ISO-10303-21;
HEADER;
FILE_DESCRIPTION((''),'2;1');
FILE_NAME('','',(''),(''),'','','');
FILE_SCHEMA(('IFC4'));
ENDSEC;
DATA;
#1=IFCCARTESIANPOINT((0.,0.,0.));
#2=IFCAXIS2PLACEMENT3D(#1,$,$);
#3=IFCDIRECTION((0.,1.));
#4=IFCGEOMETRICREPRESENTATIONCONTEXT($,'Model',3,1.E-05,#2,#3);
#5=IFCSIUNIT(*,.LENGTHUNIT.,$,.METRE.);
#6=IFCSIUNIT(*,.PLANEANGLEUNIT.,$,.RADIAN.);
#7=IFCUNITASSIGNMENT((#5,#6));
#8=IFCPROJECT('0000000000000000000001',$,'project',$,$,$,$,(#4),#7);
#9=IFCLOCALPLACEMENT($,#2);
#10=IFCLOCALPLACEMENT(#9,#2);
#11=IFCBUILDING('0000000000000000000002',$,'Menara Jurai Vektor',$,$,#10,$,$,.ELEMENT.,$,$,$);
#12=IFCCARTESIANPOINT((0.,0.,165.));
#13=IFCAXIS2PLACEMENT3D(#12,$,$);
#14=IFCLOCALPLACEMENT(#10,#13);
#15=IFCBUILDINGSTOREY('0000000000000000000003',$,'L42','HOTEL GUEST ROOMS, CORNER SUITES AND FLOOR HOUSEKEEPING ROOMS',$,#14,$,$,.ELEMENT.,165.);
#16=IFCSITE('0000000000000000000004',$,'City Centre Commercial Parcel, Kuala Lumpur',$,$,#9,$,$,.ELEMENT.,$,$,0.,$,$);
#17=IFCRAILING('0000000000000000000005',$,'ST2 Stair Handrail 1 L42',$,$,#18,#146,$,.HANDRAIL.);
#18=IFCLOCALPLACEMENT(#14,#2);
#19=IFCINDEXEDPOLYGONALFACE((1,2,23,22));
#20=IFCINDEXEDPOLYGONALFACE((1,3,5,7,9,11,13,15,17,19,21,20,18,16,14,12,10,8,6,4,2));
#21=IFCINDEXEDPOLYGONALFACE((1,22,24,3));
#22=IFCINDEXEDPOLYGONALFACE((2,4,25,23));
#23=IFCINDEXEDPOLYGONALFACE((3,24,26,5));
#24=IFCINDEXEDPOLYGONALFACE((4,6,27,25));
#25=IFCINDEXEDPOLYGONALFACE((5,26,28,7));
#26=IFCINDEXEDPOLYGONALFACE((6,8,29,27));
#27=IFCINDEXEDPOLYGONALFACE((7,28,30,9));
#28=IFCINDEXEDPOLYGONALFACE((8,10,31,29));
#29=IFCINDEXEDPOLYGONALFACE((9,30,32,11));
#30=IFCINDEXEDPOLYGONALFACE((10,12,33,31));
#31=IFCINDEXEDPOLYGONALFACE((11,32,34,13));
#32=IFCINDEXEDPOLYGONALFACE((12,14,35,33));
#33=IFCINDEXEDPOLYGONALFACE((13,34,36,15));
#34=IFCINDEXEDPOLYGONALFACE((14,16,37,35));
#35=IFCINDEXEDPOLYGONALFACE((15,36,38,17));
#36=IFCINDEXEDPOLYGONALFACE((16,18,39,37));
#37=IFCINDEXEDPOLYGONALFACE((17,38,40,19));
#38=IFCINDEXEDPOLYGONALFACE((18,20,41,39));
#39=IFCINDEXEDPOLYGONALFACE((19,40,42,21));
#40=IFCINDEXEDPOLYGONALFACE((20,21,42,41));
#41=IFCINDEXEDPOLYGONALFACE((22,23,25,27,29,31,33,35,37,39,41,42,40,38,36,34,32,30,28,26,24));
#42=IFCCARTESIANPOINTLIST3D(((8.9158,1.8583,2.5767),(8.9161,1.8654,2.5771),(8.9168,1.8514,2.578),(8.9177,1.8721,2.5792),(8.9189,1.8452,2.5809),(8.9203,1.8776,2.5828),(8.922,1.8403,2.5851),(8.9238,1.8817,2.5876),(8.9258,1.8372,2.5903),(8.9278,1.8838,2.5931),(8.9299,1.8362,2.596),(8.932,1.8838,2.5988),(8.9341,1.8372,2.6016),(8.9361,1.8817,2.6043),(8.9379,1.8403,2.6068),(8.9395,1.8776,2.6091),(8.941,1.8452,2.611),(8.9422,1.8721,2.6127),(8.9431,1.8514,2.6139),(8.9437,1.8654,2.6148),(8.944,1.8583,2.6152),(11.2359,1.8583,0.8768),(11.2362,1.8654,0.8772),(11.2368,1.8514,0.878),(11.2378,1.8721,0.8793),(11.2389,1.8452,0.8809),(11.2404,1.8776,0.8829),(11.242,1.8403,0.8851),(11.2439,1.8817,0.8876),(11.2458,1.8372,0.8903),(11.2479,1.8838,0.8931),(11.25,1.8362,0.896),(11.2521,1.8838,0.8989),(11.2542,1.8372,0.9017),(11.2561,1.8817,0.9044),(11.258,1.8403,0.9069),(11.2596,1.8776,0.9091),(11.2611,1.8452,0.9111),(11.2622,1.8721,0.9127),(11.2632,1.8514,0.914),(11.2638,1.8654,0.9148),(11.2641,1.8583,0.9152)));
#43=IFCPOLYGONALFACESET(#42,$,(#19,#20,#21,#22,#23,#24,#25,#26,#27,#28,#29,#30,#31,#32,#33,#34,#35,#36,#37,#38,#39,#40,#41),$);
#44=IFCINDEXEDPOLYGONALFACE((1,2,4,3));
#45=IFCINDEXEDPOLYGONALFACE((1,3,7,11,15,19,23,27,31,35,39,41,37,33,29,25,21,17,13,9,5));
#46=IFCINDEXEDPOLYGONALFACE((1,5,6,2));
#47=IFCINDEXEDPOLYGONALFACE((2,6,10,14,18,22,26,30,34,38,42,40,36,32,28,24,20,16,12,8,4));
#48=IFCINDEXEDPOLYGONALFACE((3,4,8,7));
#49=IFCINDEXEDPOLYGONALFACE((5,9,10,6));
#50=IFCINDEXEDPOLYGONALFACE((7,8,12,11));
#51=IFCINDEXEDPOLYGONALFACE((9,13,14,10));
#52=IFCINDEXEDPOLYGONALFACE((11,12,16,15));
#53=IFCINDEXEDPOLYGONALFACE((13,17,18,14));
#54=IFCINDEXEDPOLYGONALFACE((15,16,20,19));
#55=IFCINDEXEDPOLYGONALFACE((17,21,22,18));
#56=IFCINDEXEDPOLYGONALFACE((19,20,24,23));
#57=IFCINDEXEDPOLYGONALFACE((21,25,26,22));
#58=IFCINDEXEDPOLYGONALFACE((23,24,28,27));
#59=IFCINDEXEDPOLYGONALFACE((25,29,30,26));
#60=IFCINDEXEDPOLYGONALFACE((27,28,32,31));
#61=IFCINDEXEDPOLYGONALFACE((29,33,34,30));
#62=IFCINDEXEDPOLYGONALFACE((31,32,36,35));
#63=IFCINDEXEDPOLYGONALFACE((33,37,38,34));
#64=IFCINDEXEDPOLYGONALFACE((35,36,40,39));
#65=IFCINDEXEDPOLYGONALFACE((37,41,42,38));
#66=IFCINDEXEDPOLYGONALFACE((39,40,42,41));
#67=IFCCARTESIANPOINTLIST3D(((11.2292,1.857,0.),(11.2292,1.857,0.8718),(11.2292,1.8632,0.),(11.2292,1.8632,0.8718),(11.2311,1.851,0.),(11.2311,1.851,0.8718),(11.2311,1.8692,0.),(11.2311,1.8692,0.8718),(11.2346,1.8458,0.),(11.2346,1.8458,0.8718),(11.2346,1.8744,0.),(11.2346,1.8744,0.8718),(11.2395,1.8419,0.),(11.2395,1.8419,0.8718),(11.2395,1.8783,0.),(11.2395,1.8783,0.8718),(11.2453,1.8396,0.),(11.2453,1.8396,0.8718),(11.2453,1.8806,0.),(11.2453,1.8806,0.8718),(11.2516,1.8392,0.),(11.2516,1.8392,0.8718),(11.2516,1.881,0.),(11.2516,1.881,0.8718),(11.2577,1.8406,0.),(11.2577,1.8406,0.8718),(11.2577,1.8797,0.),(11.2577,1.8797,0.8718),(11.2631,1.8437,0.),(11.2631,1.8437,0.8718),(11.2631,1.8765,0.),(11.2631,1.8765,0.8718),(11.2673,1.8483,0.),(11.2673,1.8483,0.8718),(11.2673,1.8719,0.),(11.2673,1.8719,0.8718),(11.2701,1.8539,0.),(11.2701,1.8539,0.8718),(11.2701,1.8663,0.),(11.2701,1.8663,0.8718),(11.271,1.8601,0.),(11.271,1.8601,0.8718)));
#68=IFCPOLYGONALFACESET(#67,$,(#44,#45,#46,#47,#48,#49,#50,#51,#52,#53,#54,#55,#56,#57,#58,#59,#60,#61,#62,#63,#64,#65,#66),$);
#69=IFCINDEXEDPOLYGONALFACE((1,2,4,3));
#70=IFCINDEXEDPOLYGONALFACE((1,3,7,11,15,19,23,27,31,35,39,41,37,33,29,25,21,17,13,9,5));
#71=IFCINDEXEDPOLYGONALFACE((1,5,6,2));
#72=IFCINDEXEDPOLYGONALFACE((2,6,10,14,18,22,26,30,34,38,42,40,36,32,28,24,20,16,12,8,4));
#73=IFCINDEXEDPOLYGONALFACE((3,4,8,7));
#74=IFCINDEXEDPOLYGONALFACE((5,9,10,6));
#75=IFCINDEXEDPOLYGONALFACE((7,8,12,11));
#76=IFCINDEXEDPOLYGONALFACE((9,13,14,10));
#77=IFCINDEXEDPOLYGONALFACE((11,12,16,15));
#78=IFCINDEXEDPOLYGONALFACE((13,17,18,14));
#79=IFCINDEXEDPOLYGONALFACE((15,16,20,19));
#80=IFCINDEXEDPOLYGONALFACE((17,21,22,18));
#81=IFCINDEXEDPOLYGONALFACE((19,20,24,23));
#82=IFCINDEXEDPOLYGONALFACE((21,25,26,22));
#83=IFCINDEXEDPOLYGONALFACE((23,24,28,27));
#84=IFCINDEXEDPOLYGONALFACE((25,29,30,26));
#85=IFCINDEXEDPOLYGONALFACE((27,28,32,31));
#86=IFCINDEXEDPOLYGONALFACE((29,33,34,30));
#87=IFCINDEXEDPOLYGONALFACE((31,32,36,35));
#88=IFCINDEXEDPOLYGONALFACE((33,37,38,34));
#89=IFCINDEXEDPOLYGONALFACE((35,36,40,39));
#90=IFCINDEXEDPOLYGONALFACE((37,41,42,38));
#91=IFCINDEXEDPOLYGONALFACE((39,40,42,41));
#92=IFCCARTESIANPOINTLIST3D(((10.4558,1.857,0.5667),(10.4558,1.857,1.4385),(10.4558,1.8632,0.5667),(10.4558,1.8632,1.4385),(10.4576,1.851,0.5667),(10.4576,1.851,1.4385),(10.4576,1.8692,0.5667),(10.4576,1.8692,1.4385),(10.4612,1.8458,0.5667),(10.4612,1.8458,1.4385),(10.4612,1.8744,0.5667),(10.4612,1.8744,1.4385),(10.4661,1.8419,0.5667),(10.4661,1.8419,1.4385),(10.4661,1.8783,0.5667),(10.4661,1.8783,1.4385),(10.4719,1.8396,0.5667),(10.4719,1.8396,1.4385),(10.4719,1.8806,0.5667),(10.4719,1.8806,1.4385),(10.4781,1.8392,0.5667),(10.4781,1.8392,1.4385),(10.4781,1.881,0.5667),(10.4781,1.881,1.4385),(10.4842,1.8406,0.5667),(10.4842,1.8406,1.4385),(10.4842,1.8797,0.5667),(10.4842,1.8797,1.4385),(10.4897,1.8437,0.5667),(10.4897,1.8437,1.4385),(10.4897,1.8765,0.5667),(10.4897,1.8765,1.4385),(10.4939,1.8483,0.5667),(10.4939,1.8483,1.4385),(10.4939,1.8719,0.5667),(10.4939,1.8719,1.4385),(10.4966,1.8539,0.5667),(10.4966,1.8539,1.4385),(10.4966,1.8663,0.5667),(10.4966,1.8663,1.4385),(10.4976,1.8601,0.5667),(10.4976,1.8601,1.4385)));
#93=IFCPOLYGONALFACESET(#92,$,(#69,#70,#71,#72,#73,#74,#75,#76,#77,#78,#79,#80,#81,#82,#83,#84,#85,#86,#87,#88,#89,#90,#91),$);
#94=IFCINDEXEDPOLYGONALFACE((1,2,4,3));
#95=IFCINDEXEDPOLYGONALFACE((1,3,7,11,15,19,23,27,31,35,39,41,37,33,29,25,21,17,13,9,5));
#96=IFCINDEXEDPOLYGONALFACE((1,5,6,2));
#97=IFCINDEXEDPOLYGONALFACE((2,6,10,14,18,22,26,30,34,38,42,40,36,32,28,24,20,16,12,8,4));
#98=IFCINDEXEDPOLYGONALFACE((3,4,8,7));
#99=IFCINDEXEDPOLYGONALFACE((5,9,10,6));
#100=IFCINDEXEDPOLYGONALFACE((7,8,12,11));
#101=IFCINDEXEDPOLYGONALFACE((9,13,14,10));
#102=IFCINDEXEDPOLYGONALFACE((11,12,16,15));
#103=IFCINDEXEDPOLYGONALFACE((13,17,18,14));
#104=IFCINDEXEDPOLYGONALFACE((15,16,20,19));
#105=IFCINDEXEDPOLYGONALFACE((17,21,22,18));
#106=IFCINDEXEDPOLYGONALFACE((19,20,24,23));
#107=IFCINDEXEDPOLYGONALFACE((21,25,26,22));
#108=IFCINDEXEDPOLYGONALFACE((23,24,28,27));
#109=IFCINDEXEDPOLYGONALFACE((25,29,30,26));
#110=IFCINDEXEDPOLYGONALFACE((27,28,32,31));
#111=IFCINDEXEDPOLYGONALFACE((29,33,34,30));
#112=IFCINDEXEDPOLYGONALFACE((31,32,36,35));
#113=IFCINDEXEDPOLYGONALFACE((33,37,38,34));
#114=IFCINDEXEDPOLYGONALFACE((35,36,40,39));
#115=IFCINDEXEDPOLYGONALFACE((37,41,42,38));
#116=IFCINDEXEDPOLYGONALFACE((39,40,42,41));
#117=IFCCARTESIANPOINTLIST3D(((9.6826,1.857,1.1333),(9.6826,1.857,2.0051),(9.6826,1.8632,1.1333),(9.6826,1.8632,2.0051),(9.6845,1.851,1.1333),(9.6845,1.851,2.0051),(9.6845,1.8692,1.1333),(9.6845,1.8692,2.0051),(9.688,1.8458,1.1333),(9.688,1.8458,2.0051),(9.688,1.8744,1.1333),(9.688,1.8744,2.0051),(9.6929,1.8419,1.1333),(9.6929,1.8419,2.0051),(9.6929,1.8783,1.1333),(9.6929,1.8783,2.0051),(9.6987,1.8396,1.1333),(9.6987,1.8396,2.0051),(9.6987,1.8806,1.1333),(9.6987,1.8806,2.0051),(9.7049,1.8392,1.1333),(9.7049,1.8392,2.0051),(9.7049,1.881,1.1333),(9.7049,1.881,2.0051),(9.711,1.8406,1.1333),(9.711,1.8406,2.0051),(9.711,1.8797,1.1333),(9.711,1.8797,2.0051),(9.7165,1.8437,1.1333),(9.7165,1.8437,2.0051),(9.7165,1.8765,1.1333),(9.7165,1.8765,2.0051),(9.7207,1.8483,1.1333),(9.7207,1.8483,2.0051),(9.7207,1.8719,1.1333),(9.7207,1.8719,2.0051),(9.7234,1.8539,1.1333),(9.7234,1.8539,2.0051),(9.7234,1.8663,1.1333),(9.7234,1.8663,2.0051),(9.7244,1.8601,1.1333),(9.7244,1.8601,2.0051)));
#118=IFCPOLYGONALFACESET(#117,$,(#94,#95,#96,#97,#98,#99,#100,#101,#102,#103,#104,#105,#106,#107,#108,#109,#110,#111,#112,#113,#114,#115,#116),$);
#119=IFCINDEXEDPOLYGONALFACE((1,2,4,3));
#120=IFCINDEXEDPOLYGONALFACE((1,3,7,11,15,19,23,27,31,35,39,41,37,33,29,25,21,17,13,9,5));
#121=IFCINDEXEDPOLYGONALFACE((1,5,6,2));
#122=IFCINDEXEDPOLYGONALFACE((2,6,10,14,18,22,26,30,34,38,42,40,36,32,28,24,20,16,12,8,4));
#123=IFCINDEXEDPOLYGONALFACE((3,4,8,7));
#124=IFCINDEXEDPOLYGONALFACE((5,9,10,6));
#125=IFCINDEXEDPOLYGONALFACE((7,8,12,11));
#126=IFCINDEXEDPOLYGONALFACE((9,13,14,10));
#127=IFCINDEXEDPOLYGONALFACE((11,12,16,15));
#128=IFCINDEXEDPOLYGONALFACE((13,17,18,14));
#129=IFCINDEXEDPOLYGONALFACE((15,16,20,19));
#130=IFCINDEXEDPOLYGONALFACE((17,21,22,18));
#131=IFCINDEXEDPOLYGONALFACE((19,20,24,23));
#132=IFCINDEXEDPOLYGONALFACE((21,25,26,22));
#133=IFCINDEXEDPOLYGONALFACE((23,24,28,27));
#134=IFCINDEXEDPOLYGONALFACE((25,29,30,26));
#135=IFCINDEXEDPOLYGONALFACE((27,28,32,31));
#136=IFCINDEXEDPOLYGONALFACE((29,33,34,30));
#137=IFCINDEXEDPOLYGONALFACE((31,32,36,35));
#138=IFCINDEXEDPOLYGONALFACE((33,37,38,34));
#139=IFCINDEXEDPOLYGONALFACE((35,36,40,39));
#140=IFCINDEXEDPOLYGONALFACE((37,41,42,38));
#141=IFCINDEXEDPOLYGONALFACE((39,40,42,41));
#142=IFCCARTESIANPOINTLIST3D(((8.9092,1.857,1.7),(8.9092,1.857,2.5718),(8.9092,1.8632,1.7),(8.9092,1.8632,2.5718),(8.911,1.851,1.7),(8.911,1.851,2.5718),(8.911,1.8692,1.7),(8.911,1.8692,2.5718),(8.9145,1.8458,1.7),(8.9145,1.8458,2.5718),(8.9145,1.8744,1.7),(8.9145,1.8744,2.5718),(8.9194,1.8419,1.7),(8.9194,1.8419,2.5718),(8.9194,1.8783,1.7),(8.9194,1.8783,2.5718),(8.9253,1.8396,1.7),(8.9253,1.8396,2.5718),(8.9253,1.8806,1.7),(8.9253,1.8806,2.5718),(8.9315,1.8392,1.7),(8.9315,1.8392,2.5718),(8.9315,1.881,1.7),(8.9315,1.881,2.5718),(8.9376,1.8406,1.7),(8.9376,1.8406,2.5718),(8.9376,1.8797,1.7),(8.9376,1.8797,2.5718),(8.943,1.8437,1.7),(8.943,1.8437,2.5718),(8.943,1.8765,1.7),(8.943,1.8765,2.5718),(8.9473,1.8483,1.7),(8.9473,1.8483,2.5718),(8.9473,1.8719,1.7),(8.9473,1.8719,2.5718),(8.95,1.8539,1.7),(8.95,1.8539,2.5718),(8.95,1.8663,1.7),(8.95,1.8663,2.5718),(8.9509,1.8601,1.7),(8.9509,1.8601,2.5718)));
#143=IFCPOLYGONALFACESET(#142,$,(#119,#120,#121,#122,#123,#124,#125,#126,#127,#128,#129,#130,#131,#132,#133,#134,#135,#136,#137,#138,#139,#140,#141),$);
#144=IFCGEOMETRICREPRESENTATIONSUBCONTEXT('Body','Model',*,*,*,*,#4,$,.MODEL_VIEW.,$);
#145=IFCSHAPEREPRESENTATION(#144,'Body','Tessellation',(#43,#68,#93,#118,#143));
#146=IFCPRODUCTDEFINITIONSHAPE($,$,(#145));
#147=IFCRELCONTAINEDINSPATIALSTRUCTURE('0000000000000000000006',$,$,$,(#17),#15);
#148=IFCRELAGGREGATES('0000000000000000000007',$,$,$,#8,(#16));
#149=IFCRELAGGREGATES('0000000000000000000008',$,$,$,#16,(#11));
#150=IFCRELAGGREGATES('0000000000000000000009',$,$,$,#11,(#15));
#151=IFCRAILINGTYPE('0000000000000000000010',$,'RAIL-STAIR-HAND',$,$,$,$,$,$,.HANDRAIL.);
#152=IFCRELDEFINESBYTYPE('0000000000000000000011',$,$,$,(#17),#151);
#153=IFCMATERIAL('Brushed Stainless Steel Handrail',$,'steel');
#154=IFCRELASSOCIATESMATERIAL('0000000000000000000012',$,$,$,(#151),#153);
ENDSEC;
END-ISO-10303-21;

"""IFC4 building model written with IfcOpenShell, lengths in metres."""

from ifc_helpers import new_model, si_unit, direction, frame, origin, origin_2d, place, context, subcontext, project, spatial, circle, extrude, material, type_object, element, save


model = new_model("IFC4")

# Units and contexts
model_context = context("Model", 3, precision=1e-05, world=origin(), true_north=direction((0.0, 1.0)))
body_context = subcontext(model_context, "Body", "Model", "MODEL_VIEW")
ifc_project = project(units=[si_unit("LENGTHUNIT", "METRE"), si_unit("PLANEANGLEUNIT", "RADIAN")], contexts=[model_context])

# Site, building, storey
site_placement = place(None, origin())
site = spatial("IfcSite", under=ifc_project, at=site_placement, Name="City Centre Commercial Parcel, Kuala Lumpur", CompositionType="ELEMENT", RefElevation=0.0)
building_placement = place(site_placement, origin())
building = spatial("IfcBuilding", under=site, at=building_placement, Name="Menara Jurai Vektor", CompositionType="ELEMENT")
storey_placement = place(building_placement, frame((0.0, 0.0, 165.0)))
storey = spatial("IfcBuildingStorey", under=building, at=storey_placement, Name="L42", Description="HOTEL GUEST ROOMS, CORNER SUITES AND FLOOR HOUSEKEEPING ROOMS", CompositionType="ELEMENT", Elevation=165.0)

# Railing
ifc_material_1 = material(Name="Brushed Stainless Steel Handrail", Category="steel")
railing_type_1 = type_object("IfcRailingType", Name="RAIL-STAIR-HAND", PredefinedType="HANDRAIL", material=ifc_material_1)
railing_1_placement = place(storey_placement, frame((11.25, 1.8601, 0.0)))
element("IfcRailing", 1, at=railing_1_placement, inside=storey, type_object=railing_type_1, Name="ST2 Stair Handrail 1 L42", PredefinedType="HANDRAIL", context=body_context, shape_type="SweptSolid", body=[
    extrude(circle(Radius=0.0239, at=origin_2d()), frame((0.0, 0.0, 0.896), z_axis=(-0.806642, 0.0, 0.59104), x_axis=(0.0, -1.0, 0.0)), (0.0, 0.0, 1.0), 2.8762),
    extrude(circle(Radius=0.021, at=origin_2d()), origin(), (0.0, 0.0, 1.0), 0.8718),
    extrude(circle(Radius=0.021, at=origin_2d()), frame((-0.7734, 0.0, 0.5667)), (0.0, 0.0, 1.0), 0.8718),
    extrude(circle(Radius=0.021, at=origin_2d()), frame((-1.5466, 0.0, 1.1333)), (0.0, 0.0, 1.0), 0.8718),
    extrude(circle(Radius=0.021, at=origin_2d()), frame((-2.3201, 0.0, 1.7)), (0.0, 0.0, 1.0), 0.8718),
])

save(model, "model.ifc")
